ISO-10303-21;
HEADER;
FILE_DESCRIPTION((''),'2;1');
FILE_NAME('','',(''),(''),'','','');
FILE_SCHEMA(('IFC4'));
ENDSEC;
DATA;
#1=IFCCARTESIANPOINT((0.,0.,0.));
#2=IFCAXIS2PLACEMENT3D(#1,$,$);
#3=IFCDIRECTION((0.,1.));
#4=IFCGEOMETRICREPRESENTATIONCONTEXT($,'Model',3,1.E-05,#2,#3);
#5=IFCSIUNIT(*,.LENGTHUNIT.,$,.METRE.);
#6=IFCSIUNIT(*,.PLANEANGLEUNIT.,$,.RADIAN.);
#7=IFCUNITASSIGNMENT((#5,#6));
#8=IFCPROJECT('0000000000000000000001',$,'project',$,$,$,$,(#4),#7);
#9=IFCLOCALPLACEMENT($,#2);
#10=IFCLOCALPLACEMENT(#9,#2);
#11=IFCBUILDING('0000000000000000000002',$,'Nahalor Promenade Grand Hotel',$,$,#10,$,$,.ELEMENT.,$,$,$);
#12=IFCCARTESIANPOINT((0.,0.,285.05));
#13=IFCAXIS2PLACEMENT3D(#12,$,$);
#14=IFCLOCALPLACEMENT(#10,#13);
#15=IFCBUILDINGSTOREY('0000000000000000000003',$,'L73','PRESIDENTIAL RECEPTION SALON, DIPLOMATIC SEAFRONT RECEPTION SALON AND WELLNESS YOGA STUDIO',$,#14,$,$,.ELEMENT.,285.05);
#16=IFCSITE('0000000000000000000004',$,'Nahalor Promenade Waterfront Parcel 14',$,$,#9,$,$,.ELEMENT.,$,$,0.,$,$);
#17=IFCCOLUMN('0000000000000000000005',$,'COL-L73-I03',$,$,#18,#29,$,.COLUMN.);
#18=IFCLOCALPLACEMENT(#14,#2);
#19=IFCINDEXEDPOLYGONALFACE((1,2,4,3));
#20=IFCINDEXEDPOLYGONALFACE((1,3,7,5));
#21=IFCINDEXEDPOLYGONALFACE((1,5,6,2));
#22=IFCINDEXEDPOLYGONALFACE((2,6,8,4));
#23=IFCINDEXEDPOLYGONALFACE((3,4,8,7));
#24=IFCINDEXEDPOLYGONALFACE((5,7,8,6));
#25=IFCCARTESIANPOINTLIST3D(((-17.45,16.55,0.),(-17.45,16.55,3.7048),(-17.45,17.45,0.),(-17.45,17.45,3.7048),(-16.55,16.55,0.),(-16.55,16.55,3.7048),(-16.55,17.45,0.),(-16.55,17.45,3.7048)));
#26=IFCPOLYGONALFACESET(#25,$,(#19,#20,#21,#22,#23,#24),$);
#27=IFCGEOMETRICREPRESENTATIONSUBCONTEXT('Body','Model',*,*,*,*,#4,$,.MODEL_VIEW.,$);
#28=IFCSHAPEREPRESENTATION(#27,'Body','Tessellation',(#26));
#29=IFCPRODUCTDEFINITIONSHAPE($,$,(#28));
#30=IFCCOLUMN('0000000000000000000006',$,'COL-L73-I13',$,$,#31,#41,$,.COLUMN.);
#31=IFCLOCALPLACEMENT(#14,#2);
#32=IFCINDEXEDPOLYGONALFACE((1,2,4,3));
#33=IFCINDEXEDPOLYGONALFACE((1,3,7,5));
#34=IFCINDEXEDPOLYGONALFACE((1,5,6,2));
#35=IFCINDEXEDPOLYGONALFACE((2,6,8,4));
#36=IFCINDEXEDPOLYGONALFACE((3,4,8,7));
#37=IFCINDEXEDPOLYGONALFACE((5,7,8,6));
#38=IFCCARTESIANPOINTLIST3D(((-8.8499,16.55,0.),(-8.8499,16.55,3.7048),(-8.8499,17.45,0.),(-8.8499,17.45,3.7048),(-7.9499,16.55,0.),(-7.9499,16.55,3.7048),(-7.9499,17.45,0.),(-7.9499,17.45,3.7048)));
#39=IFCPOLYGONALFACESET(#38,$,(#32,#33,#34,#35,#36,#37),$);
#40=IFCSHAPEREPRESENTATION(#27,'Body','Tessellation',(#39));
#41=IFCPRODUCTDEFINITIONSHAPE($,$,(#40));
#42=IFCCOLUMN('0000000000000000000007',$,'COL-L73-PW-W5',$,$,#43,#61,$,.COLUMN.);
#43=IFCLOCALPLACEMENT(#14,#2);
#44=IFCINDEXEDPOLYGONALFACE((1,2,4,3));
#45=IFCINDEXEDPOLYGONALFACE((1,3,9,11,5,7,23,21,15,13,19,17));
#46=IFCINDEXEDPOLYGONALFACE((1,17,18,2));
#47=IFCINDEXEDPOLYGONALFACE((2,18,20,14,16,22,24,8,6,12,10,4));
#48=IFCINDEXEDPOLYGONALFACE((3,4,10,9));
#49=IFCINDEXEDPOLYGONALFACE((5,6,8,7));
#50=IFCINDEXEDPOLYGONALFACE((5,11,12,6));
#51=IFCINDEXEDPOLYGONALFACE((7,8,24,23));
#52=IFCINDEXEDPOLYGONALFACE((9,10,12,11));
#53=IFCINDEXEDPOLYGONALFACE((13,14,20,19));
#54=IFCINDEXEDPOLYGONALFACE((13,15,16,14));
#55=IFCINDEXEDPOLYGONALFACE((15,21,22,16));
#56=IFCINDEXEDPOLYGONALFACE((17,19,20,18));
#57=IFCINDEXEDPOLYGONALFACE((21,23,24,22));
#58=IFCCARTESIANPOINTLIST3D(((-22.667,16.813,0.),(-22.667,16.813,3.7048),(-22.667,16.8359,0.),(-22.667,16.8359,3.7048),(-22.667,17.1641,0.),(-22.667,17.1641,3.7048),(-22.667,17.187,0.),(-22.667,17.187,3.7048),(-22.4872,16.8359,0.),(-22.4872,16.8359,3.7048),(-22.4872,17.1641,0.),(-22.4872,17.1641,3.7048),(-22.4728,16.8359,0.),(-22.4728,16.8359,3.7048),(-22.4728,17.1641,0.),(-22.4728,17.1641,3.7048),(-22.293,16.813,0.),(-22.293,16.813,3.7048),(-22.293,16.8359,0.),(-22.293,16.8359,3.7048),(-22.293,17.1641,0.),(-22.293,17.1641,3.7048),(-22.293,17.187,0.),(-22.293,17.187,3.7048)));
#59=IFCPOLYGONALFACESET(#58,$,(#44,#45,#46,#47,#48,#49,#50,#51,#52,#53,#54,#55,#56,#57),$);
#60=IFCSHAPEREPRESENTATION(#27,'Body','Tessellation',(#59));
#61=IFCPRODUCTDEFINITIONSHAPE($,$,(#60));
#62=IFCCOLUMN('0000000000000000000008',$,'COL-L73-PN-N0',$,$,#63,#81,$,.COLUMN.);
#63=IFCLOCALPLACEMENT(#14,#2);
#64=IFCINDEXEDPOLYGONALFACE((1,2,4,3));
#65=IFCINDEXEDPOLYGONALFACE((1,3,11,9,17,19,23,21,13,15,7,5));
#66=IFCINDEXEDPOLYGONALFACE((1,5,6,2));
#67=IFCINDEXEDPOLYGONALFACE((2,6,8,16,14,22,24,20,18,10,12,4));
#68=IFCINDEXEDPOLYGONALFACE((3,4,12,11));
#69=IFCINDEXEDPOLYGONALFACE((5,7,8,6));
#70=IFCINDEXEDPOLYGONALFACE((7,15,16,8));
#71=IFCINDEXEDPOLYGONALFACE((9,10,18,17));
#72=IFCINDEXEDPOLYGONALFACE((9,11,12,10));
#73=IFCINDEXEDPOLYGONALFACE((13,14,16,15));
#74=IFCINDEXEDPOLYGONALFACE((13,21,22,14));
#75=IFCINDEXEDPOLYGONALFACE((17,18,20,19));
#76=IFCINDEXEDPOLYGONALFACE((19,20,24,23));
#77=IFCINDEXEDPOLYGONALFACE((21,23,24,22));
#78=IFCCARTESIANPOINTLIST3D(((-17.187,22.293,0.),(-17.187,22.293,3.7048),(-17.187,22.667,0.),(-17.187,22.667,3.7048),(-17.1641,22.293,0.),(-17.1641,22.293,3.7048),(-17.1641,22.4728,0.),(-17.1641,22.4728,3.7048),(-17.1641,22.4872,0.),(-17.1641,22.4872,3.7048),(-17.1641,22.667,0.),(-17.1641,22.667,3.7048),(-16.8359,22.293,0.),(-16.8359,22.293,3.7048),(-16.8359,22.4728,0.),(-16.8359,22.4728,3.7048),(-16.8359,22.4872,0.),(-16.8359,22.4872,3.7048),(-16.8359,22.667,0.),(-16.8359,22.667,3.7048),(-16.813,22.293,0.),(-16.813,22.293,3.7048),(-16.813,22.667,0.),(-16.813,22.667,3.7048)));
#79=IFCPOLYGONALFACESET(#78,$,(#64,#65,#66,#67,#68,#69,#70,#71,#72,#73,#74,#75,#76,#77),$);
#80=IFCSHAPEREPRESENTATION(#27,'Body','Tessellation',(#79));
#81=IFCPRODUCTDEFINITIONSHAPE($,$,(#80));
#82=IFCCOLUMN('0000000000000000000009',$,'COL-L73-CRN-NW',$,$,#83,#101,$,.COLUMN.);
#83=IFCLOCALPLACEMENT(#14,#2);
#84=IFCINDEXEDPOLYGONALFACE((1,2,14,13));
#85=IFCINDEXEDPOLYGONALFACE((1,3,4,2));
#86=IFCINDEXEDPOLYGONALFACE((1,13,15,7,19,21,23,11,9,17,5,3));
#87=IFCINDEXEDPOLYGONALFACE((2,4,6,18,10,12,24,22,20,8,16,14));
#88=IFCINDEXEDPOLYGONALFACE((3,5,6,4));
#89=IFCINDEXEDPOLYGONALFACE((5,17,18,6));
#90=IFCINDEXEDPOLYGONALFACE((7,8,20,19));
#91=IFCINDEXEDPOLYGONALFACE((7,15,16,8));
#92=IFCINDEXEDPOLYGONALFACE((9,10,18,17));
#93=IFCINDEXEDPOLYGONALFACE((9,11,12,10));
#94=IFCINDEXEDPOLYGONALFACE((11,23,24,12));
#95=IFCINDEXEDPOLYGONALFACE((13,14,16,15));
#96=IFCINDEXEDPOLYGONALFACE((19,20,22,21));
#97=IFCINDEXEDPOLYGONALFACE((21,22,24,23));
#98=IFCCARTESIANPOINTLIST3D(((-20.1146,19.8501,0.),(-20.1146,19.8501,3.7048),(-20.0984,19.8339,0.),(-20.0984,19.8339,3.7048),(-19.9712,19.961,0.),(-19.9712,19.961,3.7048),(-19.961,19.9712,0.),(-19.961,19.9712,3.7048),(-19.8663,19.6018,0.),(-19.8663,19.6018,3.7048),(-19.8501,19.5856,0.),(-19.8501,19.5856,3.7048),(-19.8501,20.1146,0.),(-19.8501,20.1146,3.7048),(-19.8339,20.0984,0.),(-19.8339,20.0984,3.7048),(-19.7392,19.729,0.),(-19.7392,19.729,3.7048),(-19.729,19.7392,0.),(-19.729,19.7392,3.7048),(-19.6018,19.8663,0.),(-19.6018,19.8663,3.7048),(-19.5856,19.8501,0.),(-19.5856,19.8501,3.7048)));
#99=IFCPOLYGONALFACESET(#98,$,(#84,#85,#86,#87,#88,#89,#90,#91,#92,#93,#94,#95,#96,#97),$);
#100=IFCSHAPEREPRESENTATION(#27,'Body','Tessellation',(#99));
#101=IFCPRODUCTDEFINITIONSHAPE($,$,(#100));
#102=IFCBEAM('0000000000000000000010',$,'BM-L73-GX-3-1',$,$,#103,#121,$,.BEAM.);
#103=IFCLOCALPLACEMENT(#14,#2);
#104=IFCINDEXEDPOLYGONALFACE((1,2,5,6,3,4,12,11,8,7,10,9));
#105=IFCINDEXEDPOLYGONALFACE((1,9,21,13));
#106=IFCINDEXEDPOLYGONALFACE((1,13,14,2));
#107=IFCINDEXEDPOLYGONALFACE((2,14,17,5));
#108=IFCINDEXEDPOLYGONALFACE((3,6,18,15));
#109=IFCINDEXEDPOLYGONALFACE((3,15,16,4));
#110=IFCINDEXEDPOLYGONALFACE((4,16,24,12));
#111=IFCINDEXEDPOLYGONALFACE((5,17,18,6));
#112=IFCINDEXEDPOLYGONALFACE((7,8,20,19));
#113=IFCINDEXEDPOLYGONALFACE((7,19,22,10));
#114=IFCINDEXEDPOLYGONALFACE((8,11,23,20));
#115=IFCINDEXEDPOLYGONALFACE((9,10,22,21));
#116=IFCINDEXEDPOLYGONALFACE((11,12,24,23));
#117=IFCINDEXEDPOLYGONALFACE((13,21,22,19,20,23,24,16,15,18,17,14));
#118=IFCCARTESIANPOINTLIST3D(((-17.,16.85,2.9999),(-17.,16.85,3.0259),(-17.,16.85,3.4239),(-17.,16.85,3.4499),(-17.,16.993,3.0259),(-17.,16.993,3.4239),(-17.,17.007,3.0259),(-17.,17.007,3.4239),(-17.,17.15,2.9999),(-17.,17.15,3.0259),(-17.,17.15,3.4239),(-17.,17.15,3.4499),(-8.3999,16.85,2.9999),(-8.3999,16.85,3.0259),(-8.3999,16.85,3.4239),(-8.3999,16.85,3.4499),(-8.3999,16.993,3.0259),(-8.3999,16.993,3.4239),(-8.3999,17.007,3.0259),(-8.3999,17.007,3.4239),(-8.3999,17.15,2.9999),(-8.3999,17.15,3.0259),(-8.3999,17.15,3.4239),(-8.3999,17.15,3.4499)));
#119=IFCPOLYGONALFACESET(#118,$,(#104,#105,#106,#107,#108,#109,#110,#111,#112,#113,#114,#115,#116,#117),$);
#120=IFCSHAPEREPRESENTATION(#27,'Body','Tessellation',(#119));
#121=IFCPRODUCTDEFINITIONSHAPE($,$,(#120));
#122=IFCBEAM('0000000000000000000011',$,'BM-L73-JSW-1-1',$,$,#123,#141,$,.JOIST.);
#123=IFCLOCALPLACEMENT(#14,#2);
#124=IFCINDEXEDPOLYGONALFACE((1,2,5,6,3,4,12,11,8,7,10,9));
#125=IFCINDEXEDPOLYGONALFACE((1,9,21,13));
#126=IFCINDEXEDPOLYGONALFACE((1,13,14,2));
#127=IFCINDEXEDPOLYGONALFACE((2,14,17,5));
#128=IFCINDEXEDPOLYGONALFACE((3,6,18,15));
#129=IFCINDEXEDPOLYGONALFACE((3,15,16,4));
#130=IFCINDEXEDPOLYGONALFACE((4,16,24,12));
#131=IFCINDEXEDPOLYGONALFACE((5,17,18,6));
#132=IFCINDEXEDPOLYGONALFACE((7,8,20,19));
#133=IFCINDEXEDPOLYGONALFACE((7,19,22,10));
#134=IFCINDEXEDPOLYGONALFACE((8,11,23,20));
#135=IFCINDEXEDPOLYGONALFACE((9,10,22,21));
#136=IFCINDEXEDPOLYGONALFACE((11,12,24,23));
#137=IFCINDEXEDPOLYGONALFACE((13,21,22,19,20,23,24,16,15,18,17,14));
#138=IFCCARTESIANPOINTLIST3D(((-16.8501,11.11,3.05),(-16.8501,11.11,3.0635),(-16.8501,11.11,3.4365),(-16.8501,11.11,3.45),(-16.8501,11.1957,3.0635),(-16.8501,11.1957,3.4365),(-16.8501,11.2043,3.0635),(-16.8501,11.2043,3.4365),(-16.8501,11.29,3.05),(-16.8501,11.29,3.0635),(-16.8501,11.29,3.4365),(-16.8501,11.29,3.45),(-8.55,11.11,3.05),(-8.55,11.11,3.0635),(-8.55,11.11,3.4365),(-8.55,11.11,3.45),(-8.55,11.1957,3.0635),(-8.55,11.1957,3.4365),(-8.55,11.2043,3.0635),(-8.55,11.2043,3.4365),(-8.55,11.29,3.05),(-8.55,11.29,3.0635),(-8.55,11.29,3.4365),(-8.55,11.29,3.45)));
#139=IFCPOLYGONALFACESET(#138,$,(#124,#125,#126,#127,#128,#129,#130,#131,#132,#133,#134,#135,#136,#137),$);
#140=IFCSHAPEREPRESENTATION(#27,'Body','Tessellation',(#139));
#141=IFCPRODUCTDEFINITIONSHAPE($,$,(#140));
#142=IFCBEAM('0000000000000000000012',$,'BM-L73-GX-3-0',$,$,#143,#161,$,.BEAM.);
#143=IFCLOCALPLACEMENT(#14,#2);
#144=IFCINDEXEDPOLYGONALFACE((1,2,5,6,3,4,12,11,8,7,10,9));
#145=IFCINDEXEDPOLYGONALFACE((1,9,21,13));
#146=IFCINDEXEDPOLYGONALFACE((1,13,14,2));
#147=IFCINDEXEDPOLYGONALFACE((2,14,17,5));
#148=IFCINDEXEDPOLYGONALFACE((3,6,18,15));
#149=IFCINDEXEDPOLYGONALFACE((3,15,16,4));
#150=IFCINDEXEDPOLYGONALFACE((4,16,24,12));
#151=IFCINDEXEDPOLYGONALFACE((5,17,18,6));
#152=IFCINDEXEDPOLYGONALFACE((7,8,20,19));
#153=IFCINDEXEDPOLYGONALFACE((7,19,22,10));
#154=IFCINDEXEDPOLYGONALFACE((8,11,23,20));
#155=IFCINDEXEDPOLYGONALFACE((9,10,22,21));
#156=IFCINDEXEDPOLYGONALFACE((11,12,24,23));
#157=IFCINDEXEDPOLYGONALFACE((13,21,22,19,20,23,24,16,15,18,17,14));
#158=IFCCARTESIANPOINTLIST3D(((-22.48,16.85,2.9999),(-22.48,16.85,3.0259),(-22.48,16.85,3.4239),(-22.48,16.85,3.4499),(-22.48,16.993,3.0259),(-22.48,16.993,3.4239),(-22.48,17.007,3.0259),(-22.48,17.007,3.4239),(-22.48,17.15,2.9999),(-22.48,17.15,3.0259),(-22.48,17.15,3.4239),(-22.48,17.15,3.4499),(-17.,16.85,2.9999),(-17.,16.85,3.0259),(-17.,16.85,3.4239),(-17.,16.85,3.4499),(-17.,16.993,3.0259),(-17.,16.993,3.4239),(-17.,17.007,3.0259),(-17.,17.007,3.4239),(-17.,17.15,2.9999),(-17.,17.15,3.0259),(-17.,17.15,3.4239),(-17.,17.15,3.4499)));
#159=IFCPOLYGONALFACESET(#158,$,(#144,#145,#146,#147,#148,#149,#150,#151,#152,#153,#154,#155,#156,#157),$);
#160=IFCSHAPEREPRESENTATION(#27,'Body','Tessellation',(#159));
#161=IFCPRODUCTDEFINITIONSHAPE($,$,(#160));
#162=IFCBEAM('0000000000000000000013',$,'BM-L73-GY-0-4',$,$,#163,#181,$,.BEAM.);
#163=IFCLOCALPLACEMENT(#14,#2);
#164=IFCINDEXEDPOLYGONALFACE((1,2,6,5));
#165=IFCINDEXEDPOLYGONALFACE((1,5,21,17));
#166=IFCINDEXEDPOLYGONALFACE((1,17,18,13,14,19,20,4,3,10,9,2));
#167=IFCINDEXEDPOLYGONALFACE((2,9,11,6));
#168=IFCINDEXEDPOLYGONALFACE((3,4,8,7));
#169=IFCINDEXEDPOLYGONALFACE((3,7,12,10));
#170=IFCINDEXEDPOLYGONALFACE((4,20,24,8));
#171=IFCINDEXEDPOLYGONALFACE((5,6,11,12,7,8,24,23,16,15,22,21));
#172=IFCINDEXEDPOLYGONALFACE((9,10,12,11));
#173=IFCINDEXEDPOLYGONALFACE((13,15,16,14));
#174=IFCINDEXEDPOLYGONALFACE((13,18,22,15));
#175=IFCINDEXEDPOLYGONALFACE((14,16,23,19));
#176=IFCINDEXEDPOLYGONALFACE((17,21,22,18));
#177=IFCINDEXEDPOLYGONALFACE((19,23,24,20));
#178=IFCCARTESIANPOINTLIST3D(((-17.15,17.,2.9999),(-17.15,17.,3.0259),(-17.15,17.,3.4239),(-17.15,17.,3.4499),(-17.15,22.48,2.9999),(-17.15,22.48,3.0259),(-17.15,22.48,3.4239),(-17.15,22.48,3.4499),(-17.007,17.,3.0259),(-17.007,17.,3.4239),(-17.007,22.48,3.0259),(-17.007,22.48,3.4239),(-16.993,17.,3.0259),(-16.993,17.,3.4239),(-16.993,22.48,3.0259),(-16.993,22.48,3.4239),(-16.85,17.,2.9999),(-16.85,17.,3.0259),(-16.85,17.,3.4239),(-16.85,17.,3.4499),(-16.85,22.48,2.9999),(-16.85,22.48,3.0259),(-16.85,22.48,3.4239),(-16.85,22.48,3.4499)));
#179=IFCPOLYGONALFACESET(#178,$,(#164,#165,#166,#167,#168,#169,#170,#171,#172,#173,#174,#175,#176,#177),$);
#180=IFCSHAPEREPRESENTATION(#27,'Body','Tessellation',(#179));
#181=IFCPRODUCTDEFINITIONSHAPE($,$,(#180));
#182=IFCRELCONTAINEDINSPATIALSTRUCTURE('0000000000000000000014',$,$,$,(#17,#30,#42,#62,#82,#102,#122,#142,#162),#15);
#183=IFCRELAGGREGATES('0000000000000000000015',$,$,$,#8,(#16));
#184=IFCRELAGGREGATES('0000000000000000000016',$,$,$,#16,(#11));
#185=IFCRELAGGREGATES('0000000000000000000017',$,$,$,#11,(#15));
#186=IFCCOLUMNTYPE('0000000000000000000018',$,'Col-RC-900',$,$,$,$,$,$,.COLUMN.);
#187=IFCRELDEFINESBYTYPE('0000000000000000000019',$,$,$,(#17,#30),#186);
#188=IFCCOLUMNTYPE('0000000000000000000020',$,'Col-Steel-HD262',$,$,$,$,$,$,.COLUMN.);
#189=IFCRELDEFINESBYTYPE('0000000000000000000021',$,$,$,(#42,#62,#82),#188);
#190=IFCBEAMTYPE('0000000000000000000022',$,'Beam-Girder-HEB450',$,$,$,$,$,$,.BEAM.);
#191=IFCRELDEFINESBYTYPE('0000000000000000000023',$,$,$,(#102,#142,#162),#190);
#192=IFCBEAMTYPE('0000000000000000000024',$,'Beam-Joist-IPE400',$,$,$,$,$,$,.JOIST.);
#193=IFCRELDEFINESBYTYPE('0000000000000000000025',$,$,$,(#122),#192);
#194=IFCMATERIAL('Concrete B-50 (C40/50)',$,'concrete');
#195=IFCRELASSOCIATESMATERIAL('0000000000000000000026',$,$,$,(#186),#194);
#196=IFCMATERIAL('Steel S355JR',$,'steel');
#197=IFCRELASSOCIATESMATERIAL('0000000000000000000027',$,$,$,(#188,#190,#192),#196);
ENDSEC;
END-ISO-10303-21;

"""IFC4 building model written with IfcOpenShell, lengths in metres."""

from ifc_helpers import new_model, si_unit, direction, frame, origin, origin_2d, place, context, subcontext, project, spatial, rectangle, i_section, extrude, source, transform, mapped, material, material_profile, profile_set, type_object, element, save


model = new_model("IFC4")

# Units and contexts
model_context = context("Model", 3, precision=1e-05, world=origin(), true_north=direction((0.0, 1.0)))
body_context = subcontext(model_context, "Body", "Model", "MODEL_VIEW")
ifc_project = project(units=[si_unit("LENGTHUNIT", "METRE"), si_unit("PLANEANGLEUNIT", "RADIAN")], contexts=[model_context])

# Site, building, storey
site_placement = place(None, origin())
site = spatial("IfcSite", under=ifc_project, at=site_placement, Name="Nahalor Promenade Waterfront Parcel 14", CompositionType="ELEMENT", RefElevation=0.0)
building_placement = place(site_placement, origin())
building = spatial("IfcBuilding", under=site, at=building_placement, Name="Nahalor Promenade Grand Hotel", CompositionType="ELEMENT")
storey_placement = place(building_placement, frame((0.0, 0.0, 285.05)))
storey = spatial("IfcBuildingStorey", under=building, at=storey_placement, Name="L73", Description="PRESIDENTIAL RECEPTION SALON, DIPLOMATIC SEAFRONT RECEPTION SALON AND WELLNESS YOGA STUDIO", CompositionType="ELEMENT", Elevation=285.05)

# Columns
ifc_material_1 = material(Name="Concrete B-50 (C40/50)", Category="concrete")
ifc_material_profile_1 = material_profile(ifc_material_1, rectangle(XDim=0.9, YDim=0.9, at=origin_2d()), Name="RC 900x900")
ifc_profile_set_1 = profile_set([ifc_material_profile_1], Name="Concrete B-50 (C40/50)")
column_type_1 = type_object("IfcColumnType", Name="Col-RC-900", PredefinedType="COLUMN", material=ifc_profile_set_1)
shared_shape_1 = source(origin(), body_context, "Body", "SweptSolid", [
    extrude(rectangle(XDim=0.9, YDim=0.9, at=origin_2d()), origin(), (0.0, 0.0, 1.0), 3.7048),
])
for number, where, z_axis, x_axis, name in (
    (1, (-17.0, 17.0, 0.0), (0.0, 0.0, 1.0), (1.0, 0.0, 0.0), "COL-L73-I03"),
    (2, (-8.3999, 17.0, 0.0), (0.0, 0.0, 1.0), (1.0, 0.0, 0.0), "COL-L73-I13"),
):
    element("IfcColumn", number, at=place(storey_placement, frame(where, z_axis=z_axis, x_axis=x_axis)), inside=storey, type_object=column_type_1, Name=name, PredefinedType="COLUMN", context=body_context, shape_type="MappedRepresentation", body=[
        mapped(shared_shape_1, transform((0.0, 0.0, 0.0), scale=1.0)),
    ])
ifc_material_2 = material(Name="Steel S355JR", Category="steel")
ifc_material_profile_2 = material_profile(ifc_material_2, i_section(OverallWidth=0.374, OverallDepth=0.374, WebThickness=0.0144, FlangeThickness=0.0229, at=origin_2d()), Name="HD 360x262")
ifc_profile_set_2 = profile_set([ifc_material_profile_2], Name="Steel S355JR")
column_type_2 = type_object("IfcColumnType", Name="Col-Steel-HD262", PredefinedType="COLUMN", material=ifc_profile_set_2)
shared_shape_2 = source(origin(), body_context, "Body", "SweptSolid", [
    extrude(i_section(OverallWidth=0.374, OverallDepth=0.374, WebThickness=0.0144, FlangeThickness=0.0229, at=origin_2d()), origin(), (0.0, 0.0, 1.0), 3.7048),
])
for number, where, z_axis, x_axis, name in (
    (3, (-22.48, 17.0, 0.0), (0.0, 0.0, 1.0), (1.0, 0.0, 0.0), "COL-L73-PW-W5"),
    (4, (-17.0, 22.48, 0.0), (0.0, 0.0, 1.0), (0.0, 1.0, 0.0), "COL-L73-PN-N0"),
    (5, (-19.8501, 19.8501, 0.0), (0.0, 0.0, 1.0), (0.707107, 0.707107, 0.0), "COL-L73-CRN-NW"),
):
    element("IfcColumn", number, at=place(storey_placement, frame(where, z_axis=z_axis, x_axis=x_axis)), inside=storey, type_object=column_type_2, Name=name, PredefinedType="COLUMN", context=body_context, shape_type="MappedRepresentation", body=[
        mapped(shared_shape_2, transform((0.0, 0.0, 0.0), scale=1.0)),
    ])

# Beams
ifc_material_profile_3 = material_profile(ifc_material_2, i_section(OverallWidth=0.3, OverallDepth=0.45, WebThickness=0.014, FlangeThickness=0.026, at=origin_2d()), Name="HEB 450")
ifc_profile_set_3 = profile_set([ifc_material_profile_3], Name="Steel S355JR")
beam_type_1 = type_object("IfcBeamType", Name="Beam-Girder-HEB450", PredefinedType="BEAM", material=ifc_profile_set_3)
shared_shape_3 = source(origin(), body_context, "Body", "SweptSolid", [
    extrude(i_section(OverallWidth=0.3, OverallDepth=0.45, WebThickness=0.014, FlangeThickness=0.026, at=origin_2d()), origin(), (0.0, 0.0, 1.0), 8.6001),
])
beam_1_placement = place(storey_placement, frame((-17.0, 17.0, 3.2249), z_axis=(1.0, 0.0, 0.0), x_axis=(0.0, 1.0, 0.0)))
element("IfcBeam", 6, at=beam_1_placement, inside=storey, type_object=beam_type_1, Name="BM-L73-GX-3-1", PredefinedType="BEAM", context=body_context, shape_type="MappedRepresentation", body=[
    mapped(shared_shape_3, transform((0.0, 0.0, 0.0), scale=1.0)),
])
ifc_material_profile_4 = material_profile(ifc_material_2, i_section(OverallWidth=0.18, OverallDepth=0.4, WebThickness=0.0086, FlangeThickness=0.0135, at=origin_2d()), Name="IPE 400")
ifc_profile_set_4 = profile_set([ifc_material_profile_4], Name="Steel S355JR")
beam_type_2 = type_object("IfcBeamType", Name="Beam-Joist-IPE400", PredefinedType="JOIST", material=ifc_profile_set_4)
shared_shape_4 = source(origin(), body_context, "Body", "SweptSolid", [
    extrude(i_section(OverallWidth=0.18, OverallDepth=0.4, WebThickness=0.0086, FlangeThickness=0.0135, at=origin_2d()), origin(), (0.0, 0.0, 1.0), 8.3),
])
beam_2_placement = place(storey_placement, frame((-16.8501, 11.2, 3.25), z_axis=(1.0, 0.0, 0.0), x_axis=(0.0, 1.0, 0.0)))
element("IfcBeam", 7, at=beam_2_placement, inside=storey, type_object=beam_type_2, Name="BM-L73-JSW-1-1", PredefinedType="JOIST", context=body_context, shape_type="MappedRepresentation", body=[
    mapped(shared_shape_4, transform((0.0, 0.0, 0.0), scale=1.0)),
])
shared_shape_5 = source(origin(), body_context, "Body", "SweptSolid", [
    extrude(i_section(OverallWidth=0.3, OverallDepth=0.45, WebThickness=0.014, FlangeThickness=0.026, at=origin_2d()), origin(), (0.0, 0.0, 1.0), 5.48),
])
for number, where, z_axis, x_axis, name in (
    (8, (-22.48, 17.0, 3.2249), (1.0, 0.0, 0.0), (0.0, 1.0, 0.0), "BM-L73-GX-3-0"),
    (9, (-17.0, 17.0, 3.2249), (0.0, 1.0, 0.0), (-1.0, 0.0, 0.0), "BM-L73-GY-0-4"),
):
    element("IfcBeam", number, at=place(storey_placement, frame(where, z_axis=z_axis, x_axis=x_axis)), inside=storey, type_object=beam_type_1, Name=name, PredefinedType="BEAM", context=body_context, shape_type="MappedRepresentation", body=[
        mapped(shared_shape_5, transform((0.0, 0.0, 0.0), scale=1.0)),
    ])

save(model, "model.ifc")
